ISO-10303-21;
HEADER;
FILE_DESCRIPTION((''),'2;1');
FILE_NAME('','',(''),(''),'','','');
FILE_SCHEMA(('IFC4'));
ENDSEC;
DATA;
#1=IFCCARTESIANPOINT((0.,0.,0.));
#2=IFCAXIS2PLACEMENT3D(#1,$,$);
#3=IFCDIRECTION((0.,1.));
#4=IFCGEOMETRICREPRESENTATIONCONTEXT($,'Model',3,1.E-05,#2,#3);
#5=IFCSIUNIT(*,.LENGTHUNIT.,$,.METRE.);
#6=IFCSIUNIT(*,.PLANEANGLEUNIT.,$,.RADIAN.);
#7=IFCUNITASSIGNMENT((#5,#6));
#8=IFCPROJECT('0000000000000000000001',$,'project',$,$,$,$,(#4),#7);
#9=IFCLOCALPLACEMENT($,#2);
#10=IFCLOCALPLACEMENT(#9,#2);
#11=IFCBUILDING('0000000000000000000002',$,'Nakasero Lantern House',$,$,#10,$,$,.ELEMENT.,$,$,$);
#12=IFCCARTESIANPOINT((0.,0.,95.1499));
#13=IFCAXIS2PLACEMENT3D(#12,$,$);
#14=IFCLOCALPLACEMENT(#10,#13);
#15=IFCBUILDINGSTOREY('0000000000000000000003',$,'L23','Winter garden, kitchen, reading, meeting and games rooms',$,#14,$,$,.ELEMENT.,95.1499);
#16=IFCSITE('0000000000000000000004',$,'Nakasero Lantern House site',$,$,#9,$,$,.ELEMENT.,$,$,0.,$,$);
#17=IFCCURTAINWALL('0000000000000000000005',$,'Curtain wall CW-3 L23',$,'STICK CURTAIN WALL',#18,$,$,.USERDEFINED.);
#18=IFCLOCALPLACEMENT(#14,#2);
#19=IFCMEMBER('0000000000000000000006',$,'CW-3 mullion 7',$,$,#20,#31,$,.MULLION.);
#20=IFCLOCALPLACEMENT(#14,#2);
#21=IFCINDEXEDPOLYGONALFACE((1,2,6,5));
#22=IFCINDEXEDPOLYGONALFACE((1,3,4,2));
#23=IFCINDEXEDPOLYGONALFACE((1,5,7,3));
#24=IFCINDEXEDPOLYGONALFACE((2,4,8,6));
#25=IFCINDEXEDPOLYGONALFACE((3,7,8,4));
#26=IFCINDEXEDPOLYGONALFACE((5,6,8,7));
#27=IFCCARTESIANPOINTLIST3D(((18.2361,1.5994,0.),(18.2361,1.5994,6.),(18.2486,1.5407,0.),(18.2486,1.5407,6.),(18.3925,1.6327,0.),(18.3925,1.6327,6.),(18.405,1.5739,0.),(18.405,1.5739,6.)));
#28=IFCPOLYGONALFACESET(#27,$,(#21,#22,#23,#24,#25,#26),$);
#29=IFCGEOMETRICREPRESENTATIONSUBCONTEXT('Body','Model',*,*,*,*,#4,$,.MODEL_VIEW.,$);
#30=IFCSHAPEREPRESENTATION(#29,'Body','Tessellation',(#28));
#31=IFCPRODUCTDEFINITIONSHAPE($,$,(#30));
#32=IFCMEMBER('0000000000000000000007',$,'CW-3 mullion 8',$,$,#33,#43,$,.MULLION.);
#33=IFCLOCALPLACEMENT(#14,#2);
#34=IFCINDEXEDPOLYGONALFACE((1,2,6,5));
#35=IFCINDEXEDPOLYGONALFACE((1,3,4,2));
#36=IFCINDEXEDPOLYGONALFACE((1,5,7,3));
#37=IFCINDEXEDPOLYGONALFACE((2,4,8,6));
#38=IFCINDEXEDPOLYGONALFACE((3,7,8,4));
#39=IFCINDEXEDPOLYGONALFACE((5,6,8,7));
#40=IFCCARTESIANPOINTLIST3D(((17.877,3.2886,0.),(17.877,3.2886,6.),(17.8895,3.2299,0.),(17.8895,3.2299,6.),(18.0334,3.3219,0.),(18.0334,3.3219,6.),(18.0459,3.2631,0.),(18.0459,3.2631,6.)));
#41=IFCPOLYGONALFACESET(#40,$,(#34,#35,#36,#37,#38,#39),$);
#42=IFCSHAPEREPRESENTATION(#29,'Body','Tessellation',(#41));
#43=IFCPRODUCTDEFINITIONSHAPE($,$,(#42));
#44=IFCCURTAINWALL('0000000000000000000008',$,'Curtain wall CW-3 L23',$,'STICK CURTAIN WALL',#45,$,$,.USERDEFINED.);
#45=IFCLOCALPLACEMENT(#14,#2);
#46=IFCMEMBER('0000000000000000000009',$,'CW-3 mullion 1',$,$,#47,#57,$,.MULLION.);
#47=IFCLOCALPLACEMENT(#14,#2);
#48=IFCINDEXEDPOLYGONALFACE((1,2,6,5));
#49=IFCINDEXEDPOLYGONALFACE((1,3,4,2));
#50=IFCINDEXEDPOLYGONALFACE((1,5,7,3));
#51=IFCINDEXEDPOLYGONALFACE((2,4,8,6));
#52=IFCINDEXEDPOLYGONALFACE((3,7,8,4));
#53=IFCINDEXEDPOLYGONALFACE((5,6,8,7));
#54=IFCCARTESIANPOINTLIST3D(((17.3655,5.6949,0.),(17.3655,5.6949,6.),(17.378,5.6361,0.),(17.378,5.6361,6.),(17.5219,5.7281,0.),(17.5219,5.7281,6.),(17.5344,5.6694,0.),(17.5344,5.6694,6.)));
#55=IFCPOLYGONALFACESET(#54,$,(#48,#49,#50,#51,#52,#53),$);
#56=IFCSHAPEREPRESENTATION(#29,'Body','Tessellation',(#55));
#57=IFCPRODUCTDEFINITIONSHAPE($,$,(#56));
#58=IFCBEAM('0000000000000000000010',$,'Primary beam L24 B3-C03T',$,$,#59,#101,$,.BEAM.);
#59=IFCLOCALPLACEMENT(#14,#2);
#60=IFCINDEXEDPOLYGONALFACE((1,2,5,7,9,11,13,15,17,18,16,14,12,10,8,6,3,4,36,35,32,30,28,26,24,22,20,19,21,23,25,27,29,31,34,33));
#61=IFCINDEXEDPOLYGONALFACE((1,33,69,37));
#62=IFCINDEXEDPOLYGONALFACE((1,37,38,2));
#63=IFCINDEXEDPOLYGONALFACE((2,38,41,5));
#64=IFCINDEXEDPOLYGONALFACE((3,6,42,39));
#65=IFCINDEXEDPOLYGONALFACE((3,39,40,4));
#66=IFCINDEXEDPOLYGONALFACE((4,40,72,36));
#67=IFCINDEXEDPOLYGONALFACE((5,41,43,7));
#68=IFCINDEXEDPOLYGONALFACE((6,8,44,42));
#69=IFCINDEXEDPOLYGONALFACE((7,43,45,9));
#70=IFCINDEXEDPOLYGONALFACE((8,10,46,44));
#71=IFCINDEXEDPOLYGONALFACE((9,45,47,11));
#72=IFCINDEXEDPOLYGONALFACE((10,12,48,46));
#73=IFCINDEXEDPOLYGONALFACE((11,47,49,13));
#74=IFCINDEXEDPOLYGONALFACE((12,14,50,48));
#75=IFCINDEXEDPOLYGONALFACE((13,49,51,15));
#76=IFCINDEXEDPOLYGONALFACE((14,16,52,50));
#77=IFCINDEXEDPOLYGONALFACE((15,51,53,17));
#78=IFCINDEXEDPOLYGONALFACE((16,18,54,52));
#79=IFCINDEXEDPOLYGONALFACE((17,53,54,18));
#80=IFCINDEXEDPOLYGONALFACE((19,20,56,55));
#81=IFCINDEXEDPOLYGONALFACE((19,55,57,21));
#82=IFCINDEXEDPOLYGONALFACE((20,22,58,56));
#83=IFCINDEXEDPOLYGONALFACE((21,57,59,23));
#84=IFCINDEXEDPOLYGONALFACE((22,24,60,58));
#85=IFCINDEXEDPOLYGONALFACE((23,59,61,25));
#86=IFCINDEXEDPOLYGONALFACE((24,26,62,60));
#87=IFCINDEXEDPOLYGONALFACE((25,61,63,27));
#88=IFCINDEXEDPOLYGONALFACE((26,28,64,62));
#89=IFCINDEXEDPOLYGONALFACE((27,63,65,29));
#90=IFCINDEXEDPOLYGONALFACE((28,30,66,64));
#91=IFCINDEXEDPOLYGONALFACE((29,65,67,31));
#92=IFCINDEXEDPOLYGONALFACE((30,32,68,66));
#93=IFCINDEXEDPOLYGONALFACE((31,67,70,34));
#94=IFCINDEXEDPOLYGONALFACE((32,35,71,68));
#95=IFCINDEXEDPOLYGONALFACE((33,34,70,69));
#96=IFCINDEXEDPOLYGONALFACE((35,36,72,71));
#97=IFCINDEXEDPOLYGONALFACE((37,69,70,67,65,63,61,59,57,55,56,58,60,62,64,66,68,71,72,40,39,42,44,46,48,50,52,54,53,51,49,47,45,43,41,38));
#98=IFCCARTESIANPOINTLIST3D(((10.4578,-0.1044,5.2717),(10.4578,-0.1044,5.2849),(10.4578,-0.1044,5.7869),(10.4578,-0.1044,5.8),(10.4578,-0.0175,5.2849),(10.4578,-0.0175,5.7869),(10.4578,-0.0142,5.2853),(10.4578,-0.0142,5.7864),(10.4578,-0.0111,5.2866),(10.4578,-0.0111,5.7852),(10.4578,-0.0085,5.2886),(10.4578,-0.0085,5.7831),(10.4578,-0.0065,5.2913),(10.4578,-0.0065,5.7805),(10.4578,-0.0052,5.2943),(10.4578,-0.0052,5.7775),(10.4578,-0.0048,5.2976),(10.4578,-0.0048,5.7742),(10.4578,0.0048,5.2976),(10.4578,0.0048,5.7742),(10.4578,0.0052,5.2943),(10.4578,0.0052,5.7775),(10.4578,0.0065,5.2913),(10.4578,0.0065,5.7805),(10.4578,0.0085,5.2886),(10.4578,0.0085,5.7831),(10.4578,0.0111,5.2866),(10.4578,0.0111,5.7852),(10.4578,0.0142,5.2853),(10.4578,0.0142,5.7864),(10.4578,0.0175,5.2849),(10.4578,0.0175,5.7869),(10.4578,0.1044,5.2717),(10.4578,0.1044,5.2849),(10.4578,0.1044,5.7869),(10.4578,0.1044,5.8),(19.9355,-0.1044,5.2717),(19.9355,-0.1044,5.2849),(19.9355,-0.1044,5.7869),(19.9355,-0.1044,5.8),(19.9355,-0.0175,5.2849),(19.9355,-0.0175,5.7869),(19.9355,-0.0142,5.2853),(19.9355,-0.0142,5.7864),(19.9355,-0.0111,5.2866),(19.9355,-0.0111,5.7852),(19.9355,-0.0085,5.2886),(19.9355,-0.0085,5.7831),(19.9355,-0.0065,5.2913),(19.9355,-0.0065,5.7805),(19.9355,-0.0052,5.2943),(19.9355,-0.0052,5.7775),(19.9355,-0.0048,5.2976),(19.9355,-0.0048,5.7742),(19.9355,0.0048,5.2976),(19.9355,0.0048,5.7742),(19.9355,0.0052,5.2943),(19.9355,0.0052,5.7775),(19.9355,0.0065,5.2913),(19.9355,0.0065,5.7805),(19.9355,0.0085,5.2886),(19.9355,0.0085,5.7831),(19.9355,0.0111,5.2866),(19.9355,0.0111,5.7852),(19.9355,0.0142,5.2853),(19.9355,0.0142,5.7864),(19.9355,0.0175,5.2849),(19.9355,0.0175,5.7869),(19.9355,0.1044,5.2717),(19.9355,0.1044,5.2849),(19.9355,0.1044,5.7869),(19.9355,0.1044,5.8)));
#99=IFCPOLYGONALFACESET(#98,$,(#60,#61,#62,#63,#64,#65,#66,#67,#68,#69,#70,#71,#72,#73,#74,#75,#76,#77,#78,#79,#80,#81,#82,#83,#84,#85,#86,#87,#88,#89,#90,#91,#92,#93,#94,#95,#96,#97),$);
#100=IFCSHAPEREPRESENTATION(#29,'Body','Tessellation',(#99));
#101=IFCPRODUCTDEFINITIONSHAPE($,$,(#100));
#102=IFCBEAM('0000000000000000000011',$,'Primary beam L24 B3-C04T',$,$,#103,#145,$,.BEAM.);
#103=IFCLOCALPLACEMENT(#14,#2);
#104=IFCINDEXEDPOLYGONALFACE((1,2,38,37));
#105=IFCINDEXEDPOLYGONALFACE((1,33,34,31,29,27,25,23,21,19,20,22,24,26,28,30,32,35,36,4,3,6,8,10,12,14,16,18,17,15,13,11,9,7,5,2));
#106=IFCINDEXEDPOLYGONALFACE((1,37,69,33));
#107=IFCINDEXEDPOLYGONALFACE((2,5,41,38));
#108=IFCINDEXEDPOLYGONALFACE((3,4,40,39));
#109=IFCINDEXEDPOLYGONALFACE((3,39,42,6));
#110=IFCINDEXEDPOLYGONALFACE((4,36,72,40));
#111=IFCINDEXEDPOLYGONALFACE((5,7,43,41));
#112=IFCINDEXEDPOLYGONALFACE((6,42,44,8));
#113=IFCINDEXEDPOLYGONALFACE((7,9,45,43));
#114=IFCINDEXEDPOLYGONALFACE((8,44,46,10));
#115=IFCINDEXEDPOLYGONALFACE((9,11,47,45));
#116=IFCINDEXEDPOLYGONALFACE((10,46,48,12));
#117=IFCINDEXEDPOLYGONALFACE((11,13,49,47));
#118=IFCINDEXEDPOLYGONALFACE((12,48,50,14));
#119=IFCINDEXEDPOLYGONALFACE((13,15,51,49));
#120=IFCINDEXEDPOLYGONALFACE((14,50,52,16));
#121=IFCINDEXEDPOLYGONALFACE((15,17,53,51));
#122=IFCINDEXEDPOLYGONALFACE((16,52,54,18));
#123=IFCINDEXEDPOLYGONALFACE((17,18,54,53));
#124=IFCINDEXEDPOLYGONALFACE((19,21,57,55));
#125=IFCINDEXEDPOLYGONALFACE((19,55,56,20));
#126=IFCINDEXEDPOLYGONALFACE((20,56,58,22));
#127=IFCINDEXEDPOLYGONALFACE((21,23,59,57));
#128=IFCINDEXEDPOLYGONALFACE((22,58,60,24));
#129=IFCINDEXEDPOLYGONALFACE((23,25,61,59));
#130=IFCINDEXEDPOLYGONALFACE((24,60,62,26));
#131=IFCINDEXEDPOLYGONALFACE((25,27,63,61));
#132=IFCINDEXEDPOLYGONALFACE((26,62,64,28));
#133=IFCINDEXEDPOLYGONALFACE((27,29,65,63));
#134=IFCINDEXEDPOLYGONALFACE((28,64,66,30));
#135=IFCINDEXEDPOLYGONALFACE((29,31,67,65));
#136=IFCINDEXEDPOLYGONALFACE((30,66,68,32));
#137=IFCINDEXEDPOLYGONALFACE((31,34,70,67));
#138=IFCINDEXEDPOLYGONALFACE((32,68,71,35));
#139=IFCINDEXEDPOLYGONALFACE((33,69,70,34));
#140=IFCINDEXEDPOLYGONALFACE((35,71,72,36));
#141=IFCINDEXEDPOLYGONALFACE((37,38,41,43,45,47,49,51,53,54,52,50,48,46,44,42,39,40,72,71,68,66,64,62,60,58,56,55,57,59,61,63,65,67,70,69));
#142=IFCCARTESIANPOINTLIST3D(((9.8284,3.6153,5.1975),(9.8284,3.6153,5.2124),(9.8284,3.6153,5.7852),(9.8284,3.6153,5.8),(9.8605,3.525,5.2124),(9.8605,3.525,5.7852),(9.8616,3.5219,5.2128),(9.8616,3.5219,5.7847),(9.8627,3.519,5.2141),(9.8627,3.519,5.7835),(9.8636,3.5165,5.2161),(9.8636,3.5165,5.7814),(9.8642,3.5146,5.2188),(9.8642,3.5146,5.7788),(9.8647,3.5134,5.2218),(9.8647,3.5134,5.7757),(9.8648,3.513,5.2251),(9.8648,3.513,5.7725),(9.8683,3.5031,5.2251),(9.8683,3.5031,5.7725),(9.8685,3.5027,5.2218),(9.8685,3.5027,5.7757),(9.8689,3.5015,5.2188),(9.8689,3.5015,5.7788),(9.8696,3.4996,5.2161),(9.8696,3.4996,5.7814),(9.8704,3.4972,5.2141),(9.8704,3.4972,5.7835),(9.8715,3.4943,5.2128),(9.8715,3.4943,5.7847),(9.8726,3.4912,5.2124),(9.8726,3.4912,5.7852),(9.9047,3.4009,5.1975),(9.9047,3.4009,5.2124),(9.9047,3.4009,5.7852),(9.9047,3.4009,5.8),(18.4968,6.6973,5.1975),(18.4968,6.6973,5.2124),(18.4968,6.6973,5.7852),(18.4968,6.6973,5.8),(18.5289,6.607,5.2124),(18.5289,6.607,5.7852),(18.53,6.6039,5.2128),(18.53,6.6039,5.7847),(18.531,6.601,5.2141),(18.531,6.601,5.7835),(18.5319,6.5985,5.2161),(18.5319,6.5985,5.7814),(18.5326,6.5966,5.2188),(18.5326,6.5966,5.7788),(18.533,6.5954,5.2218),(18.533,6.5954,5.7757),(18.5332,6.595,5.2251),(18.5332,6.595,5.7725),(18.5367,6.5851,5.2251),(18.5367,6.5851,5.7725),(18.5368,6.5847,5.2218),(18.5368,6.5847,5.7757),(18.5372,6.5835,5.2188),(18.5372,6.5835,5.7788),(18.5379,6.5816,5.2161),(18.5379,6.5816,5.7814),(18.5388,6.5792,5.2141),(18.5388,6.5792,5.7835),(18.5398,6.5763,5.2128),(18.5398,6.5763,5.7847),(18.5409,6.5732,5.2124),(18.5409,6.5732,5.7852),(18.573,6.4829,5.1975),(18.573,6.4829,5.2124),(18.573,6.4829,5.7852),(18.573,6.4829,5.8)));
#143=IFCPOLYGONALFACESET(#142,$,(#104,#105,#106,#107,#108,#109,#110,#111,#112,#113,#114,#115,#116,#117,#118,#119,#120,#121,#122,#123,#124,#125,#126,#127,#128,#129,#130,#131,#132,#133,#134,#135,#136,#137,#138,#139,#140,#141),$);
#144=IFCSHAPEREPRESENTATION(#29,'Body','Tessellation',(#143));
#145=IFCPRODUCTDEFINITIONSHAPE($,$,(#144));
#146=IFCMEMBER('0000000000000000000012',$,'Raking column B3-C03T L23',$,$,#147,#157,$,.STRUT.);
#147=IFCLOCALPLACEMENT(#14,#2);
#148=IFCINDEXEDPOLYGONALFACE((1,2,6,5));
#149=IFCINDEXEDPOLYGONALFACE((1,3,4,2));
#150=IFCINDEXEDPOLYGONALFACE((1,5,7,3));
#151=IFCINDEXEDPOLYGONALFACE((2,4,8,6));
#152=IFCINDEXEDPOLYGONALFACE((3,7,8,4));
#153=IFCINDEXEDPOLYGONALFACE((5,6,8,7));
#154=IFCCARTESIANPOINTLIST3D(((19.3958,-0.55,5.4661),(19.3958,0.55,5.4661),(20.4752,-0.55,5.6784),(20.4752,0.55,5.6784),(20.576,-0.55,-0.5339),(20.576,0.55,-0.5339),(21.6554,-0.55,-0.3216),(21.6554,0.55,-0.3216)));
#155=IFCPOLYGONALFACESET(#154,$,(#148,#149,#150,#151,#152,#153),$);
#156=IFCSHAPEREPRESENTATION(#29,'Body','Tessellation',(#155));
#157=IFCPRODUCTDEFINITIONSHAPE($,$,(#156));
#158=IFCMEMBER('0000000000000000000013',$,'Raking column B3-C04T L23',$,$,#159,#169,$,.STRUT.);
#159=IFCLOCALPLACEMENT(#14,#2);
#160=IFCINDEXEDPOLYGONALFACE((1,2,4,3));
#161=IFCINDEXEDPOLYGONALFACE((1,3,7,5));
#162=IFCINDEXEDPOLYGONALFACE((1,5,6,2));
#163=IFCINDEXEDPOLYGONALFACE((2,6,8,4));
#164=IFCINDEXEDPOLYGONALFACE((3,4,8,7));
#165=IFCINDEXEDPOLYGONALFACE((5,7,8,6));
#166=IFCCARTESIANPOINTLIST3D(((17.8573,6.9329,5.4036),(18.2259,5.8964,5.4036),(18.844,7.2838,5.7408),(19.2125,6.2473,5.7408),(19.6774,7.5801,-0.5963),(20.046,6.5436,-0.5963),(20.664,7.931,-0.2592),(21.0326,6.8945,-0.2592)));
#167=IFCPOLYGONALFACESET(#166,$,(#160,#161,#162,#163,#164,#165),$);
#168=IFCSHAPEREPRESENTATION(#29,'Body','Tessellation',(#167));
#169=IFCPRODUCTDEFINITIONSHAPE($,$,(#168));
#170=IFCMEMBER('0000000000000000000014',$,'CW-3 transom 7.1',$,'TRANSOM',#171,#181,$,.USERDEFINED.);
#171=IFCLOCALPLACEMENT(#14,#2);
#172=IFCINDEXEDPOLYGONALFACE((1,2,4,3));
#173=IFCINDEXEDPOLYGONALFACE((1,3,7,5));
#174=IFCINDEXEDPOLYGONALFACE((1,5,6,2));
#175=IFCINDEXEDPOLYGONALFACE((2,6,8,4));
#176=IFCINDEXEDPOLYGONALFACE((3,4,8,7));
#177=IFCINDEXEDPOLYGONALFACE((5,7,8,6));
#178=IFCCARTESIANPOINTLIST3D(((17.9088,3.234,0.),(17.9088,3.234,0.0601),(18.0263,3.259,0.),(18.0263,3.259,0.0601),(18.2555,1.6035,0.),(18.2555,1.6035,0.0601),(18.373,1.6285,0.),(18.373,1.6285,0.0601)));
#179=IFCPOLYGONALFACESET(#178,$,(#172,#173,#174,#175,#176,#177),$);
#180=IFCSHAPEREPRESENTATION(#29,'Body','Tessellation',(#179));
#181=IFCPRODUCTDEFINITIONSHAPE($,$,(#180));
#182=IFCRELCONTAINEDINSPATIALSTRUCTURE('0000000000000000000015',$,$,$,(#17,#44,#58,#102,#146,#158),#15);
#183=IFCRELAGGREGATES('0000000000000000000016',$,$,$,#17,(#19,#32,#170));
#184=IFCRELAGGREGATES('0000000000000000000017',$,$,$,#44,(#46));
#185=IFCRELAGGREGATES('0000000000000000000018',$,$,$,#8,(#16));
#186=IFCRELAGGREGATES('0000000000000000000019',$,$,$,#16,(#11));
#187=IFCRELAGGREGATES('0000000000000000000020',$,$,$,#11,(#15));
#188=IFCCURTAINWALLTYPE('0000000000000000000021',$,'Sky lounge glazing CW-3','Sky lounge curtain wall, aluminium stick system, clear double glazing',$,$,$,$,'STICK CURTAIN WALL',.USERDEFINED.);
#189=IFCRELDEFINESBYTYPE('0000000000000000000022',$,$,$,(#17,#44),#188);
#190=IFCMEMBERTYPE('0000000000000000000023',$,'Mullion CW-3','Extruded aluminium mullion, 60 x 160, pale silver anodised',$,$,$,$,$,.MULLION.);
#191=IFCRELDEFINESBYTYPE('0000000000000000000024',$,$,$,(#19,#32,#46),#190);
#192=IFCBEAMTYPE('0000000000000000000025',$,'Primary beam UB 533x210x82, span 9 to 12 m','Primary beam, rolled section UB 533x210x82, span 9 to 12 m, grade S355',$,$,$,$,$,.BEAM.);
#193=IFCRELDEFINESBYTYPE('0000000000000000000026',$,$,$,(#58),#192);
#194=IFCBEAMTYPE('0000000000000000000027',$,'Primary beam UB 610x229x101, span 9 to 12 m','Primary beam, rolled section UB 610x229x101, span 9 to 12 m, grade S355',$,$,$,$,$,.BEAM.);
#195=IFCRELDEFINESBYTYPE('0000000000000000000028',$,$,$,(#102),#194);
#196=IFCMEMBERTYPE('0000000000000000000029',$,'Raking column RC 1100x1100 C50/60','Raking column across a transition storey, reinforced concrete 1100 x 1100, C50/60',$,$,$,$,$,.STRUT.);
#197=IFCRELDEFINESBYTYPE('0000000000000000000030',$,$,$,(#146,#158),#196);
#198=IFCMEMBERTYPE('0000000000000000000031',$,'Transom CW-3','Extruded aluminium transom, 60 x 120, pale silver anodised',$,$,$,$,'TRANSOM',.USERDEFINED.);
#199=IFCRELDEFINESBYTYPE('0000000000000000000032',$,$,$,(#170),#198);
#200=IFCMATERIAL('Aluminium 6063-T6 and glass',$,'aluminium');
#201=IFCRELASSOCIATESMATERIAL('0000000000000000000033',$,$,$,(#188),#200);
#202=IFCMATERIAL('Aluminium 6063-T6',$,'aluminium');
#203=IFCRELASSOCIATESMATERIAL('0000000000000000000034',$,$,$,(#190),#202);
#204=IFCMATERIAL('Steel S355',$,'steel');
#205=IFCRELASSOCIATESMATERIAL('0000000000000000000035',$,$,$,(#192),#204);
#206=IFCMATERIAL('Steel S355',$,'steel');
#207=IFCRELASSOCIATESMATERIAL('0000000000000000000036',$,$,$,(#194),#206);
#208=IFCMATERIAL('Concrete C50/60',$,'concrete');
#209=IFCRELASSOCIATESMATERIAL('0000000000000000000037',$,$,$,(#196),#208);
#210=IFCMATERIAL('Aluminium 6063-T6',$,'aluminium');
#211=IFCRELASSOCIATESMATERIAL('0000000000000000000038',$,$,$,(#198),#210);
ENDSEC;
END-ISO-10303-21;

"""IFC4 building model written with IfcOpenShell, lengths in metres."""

from ifc_helpers import new_model, si_unit, direction, frame, origin, origin_2d, place, context, subcontext, project, spatial, rectangle, i_section, extrude, material, material_profile, profile_set, type_object, element, aggregate, save


model = new_model("IFC4")

# Units and contexts
model_context = context("Model", 3, precision=1e-05, world=origin(), true_north=direction((0.0, 1.0)))
body_context = subcontext(model_context, "Body", "Model", "MODEL_VIEW")
ifc_project = project(units=[si_unit("LENGTHUNIT", "METRE"), si_unit("PLANEANGLEUNIT", "RADIAN")], contexts=[model_context])

# Site, building, storey
site_placement = place(None, origin())
site = spatial("IfcSite", under=ifc_project, at=site_placement, Name="Nakasero Lantern House site", CompositionType="ELEMENT", RefElevation=0.0)
building_placement = place(site_placement, origin())
building = spatial("IfcBuilding", under=site, at=building_placement, Name="Nakasero Lantern House", CompositionType="ELEMENT")
storey_placement = place(building_placement, frame((0.0, 0.0, 95.1499)))
storey = spatial("IfcBuildingStorey", under=building, at=storey_placement, Name="L23", Description="Winter garden, kitchen, reading, meeting and games rooms", CompositionType="ELEMENT", Elevation=95.1499)

# Curtain wall, members
ifc_material_1 = material(Name="Aluminium 6063-T6 and glass", Category="aluminium")
curtain_wall_type = type_object("IfcCurtainWallType", Name="Sky lounge glazing CW-3", Description="Sky lounge curtain wall, aluminium stick system, clear double glazing", ElementType="STICK CURTAIN WALL", PredefinedType="USERDEFINED", material=ifc_material_1)
curtain_wall_1_placement = place(storey_placement, origin())
curtain_wall_1 = element("IfcCurtainWall", 1, at=curtain_wall_1_placement, inside=storey, type_object=curtain_wall_type, Name="Curtain wall CW-3 L23", ObjectType="STICK CURTAIN WALL", PredefinedType="USERDEFINED")
ifc_material_2 = material(Name="Aluminium 6063-T6", Category="aluminium")
ifc_material_profile_1 = material_profile(ifc_material_2, rectangle(XDim=0.0601, YDim=0.1599, at=origin_2d()), Name="CW-3 mullion 60x160")
ifc_profile_set_1 = profile_set([ifc_material_profile_1], Name="Aluminium 6063-T6")
member_type_1 = type_object("IfcMemberType", Name="Mullion CW-3", Description="Extruded aluminium mullion, 60 x 160, pale silver anodised", PredefinedType="MULLION", material=ifc_profile_set_1)
member_1_placement = place(storey_placement, frame((18.3206, 1.5867, 0.0), z_axis=(0.0, 0.0, 1.0), x_axis=(-0.207912, 0.978148, 0.0)))
member_1 = element("IfcMember", 2, at=member_1_placement, type_object=member_type_1, Name="CW-3 mullion 7", PredefinedType="MULLION", context=body_context, shape_type="SweptSolid", body=[
    extrude(rectangle(XDim=0.0601, YDim=0.1599, at=origin_2d()), origin(), (0.0, 0.0, 1.0), 6.0),
])
member_2_placement = place(storey_placement, frame((17.9614, 3.2759, 0.0), z_axis=(0.0, 0.0, 1.0), x_axis=(-0.207912, 0.978148, 0.0)))
member_2 = element("IfcMember", 3, at=member_2_placement, type_object=member_type_1, Name="CW-3 mullion 8", PredefinedType="MULLION", context=body_context, shape_type="SweptSolid", body=[
    extrude(rectangle(XDim=0.0601, YDim=0.1599, at=origin_2d()), origin(), (0.0, 0.0, 1.0), 6.0),
])

# Curtain wall, member
curtain_wall_2_placement = place(storey_placement, origin())
curtain_wall_2 = element("IfcCurtainWall", 4, at=curtain_wall_2_placement, inside=storey, type_object=curtain_wall_type, Name="Curtain wall CW-3 L23", ObjectType="STICK CURTAIN WALL", PredefinedType="USERDEFINED")
member_3_placement = place(storey_placement, frame((17.45, 5.6821, 0.0), z_axis=(0.0, 0.0, 1.0), x_axis=(-0.207912, 0.978148, 0.0)))
member_3 = element("IfcMember", 5, at=member_3_placement, type_object=member_type_1, Name="CW-3 mullion 1", PredefinedType="MULLION", context=body_context, shape_type="SweptSolid", body=[
    extrude(rectangle(XDim=0.0601, YDim=0.1599, at=origin_2d()), origin(), (0.0, 0.0, 1.0), 6.0),
])

# Beams
ifc_material_3 = material(Name="Steel S355", Category="steel")
ifc_material_profile_2 = material_profile(ifc_material_3, i_section(OverallWidth=0.2087, OverallDepth=0.5283, WebThickness=0.0095, FlangeThickness=0.0132, FilletRadius=0.0127, at=origin_2d()), Name="UB 533x210x82")
ifc_profile_set_2 = profile_set([ifc_material_profile_2], Name="Steel S355")
beam_type_1 = type_object("IfcBeamType", Name="Primary beam UB 533x210x82, span 9 to 12 m", Description="Primary beam, rolled section UB 533x210x82, span 9 to 12 m, grade S355", PredefinedType="BEAM", material=ifc_profile_set_2)
beam_1_placement = place(storey_placement, frame((19.9355, 0.0, 5.5359), z_axis=(-1.0, 0.0, 0.0), x_axis=(0.0, -1.0, 0.0)))
element("IfcBeam", 6, at=beam_1_placement, inside=storey, type_object=beam_type_1, Name="Primary beam L24 B3-C03T", PredefinedType="BEAM", context=body_context, shape_type="SweptSolid", body=[
    extrude(i_section(OverallWidth=0.2087, OverallDepth=0.5283, WebThickness=0.0095, FlangeThickness=0.0132, FilletRadius=0.0127, at=origin_2d()), origin(), (0.0, 0.0, 1.0), 9.4778),
])
ifc_material_4 = material(Name="Steel S355", Category="steel")
ifc_material_profile_3 = material_profile(ifc_material_4, i_section(OverallWidth=0.2275, OverallDepth=0.6025, WebThickness=0.0105, FlangeThickness=0.0149, FilletRadius=0.0127, at=origin_2d()), Name="UB 610x229x101")
ifc_profile_set_3 = profile_set([ifc_material_profile_3], Name="Steel S355")
beam_type_2 = type_object("IfcBeamType", Name="Primary beam UB 610x229x101, span 9 to 12 m", Description="Primary beam, rolled section UB 610x229x101, span 9 to 12 m, grade S355", PredefinedType="BEAM", material=ifc_profile_set_3)
beam_2_placement = place(storey_placement, frame((18.5349, 6.5901, 5.4988), z_axis=(-0.942218, -0.335001, 0.0), x_axis=(0.335001, -0.942218, 0.0)))
element("IfcBeam", 7, at=beam_2_placement, inside=storey, type_object=beam_type_2, Name="Primary beam L24 B3-C04T", PredefinedType="BEAM", context=body_context, shape_type="SweptSolid", body=[
    extrude(i_section(OverallWidth=0.2275, OverallDepth=0.6025, WebThickness=0.0105, FlangeThickness=0.0149, FilletRadius=0.0127, at=origin_2d()), origin(), (0.0, 0.0, 1.0), 9.2),
])

# Members
ifc_material_5 = material(Name="Concrete C50/60", Category="concrete")
ifc_material_profile_4 = material_profile(ifc_material_5, rectangle(XDim=1.1001, YDim=1.1001, at=origin_2d()), Name="RC 1100x1100")
ifc_profile_set_4 = profile_set([ifc_material_profile_4], Name="Concrete C50/60")
member_type_2 = type_object("IfcMemberType", Name="Raking column RC 1100x1100 C50/60", Description="Raking column across a transition storey, reinforced concrete 1100 x 1100, C50/60", PredefinedType="STRUT", material=ifc_profile_set_4)
member_4_placement = place(storey_placement, frame((21.1157, 0.0, -0.4277), z_axis=(-0.192998, 0.0, 0.981199), x_axis=(0.0, -1.0, 0.0)))
element("IfcMember", 8, at=member_4_placement, inside=storey, type_object=member_type_2, Name="Raking column B3-C03T L23", PredefinedType="STRUT", context=body_context, shape_type="SweptSolid", body=[
    extrude(rectangle(XDim=1.1001, YDim=1.1001, at=origin_2d()), origin(), (0.0, 0.0, 1.0), 6.115),
])
member_5_placement = place(storey_placement, frame((20.355, 7.2373, -0.4277), z_axis=(-0.288749, -0.102679, 0.951883), x_axis=(0.335047, -0.942201, 0.0)))
element("IfcMember", 9, at=member_5_placement, inside=storey, type_object=member_type_2, Name="Raking column B3-C04T L23", PredefinedType="STRUT", context=body_context, shape_type="SweptSolid", body=[
    extrude(rectangle(XDim=1.1001, YDim=1.1001, at=origin_2d()), origin(), (0.0, 0.0, 1.0), 6.3032),
])

# Member
ifc_material_6 = material(Name="Aluminium 6063-T6", Category="aluminium")
ifc_material_profile_5 = material_profile(ifc_material_6, rectangle(XDim=0.0601, YDim=0.1201, at=origin_2d()), Name="CW-3 transom 60x120")
ifc_profile_set_5 = profile_set([ifc_material_profile_5], Name="Aluminium 6063-T6")
member_type_3 = type_object("IfcMemberType", Name="Transom CW-3", Description="Extruded aluminium transom, 60 x 120, pale silver anodised", ElementType="TRANSOM", PredefinedType="USERDEFINED", material=ifc_profile_set_5)
member_6_placement = place(storey_placement, frame((18.3142, 1.616, 0.03), z_axis=(-0.207959, 0.978138, 0.0), x_axis=(0.0, 0.0, 1.0)))
member_6 = element("IfcMember", 10, at=member_6_placement, type_object=member_type_3, Name="CW-3 transom 7.1", ObjectType="TRANSOM", PredefinedType="USERDEFINED", context=body_context, shape_type="SweptSolid", body=[
    extrude(rectangle(XDim=0.0601, YDim=0.1201, at=origin_2d()), origin(), (0.0, 0.0, 1.0), 1.667),
])

aggregate(curtain_wall_1, [member_1, member_2, member_6])
aggregate(curtain_wall_2, [member_3])

save(model, "model.ifc")
